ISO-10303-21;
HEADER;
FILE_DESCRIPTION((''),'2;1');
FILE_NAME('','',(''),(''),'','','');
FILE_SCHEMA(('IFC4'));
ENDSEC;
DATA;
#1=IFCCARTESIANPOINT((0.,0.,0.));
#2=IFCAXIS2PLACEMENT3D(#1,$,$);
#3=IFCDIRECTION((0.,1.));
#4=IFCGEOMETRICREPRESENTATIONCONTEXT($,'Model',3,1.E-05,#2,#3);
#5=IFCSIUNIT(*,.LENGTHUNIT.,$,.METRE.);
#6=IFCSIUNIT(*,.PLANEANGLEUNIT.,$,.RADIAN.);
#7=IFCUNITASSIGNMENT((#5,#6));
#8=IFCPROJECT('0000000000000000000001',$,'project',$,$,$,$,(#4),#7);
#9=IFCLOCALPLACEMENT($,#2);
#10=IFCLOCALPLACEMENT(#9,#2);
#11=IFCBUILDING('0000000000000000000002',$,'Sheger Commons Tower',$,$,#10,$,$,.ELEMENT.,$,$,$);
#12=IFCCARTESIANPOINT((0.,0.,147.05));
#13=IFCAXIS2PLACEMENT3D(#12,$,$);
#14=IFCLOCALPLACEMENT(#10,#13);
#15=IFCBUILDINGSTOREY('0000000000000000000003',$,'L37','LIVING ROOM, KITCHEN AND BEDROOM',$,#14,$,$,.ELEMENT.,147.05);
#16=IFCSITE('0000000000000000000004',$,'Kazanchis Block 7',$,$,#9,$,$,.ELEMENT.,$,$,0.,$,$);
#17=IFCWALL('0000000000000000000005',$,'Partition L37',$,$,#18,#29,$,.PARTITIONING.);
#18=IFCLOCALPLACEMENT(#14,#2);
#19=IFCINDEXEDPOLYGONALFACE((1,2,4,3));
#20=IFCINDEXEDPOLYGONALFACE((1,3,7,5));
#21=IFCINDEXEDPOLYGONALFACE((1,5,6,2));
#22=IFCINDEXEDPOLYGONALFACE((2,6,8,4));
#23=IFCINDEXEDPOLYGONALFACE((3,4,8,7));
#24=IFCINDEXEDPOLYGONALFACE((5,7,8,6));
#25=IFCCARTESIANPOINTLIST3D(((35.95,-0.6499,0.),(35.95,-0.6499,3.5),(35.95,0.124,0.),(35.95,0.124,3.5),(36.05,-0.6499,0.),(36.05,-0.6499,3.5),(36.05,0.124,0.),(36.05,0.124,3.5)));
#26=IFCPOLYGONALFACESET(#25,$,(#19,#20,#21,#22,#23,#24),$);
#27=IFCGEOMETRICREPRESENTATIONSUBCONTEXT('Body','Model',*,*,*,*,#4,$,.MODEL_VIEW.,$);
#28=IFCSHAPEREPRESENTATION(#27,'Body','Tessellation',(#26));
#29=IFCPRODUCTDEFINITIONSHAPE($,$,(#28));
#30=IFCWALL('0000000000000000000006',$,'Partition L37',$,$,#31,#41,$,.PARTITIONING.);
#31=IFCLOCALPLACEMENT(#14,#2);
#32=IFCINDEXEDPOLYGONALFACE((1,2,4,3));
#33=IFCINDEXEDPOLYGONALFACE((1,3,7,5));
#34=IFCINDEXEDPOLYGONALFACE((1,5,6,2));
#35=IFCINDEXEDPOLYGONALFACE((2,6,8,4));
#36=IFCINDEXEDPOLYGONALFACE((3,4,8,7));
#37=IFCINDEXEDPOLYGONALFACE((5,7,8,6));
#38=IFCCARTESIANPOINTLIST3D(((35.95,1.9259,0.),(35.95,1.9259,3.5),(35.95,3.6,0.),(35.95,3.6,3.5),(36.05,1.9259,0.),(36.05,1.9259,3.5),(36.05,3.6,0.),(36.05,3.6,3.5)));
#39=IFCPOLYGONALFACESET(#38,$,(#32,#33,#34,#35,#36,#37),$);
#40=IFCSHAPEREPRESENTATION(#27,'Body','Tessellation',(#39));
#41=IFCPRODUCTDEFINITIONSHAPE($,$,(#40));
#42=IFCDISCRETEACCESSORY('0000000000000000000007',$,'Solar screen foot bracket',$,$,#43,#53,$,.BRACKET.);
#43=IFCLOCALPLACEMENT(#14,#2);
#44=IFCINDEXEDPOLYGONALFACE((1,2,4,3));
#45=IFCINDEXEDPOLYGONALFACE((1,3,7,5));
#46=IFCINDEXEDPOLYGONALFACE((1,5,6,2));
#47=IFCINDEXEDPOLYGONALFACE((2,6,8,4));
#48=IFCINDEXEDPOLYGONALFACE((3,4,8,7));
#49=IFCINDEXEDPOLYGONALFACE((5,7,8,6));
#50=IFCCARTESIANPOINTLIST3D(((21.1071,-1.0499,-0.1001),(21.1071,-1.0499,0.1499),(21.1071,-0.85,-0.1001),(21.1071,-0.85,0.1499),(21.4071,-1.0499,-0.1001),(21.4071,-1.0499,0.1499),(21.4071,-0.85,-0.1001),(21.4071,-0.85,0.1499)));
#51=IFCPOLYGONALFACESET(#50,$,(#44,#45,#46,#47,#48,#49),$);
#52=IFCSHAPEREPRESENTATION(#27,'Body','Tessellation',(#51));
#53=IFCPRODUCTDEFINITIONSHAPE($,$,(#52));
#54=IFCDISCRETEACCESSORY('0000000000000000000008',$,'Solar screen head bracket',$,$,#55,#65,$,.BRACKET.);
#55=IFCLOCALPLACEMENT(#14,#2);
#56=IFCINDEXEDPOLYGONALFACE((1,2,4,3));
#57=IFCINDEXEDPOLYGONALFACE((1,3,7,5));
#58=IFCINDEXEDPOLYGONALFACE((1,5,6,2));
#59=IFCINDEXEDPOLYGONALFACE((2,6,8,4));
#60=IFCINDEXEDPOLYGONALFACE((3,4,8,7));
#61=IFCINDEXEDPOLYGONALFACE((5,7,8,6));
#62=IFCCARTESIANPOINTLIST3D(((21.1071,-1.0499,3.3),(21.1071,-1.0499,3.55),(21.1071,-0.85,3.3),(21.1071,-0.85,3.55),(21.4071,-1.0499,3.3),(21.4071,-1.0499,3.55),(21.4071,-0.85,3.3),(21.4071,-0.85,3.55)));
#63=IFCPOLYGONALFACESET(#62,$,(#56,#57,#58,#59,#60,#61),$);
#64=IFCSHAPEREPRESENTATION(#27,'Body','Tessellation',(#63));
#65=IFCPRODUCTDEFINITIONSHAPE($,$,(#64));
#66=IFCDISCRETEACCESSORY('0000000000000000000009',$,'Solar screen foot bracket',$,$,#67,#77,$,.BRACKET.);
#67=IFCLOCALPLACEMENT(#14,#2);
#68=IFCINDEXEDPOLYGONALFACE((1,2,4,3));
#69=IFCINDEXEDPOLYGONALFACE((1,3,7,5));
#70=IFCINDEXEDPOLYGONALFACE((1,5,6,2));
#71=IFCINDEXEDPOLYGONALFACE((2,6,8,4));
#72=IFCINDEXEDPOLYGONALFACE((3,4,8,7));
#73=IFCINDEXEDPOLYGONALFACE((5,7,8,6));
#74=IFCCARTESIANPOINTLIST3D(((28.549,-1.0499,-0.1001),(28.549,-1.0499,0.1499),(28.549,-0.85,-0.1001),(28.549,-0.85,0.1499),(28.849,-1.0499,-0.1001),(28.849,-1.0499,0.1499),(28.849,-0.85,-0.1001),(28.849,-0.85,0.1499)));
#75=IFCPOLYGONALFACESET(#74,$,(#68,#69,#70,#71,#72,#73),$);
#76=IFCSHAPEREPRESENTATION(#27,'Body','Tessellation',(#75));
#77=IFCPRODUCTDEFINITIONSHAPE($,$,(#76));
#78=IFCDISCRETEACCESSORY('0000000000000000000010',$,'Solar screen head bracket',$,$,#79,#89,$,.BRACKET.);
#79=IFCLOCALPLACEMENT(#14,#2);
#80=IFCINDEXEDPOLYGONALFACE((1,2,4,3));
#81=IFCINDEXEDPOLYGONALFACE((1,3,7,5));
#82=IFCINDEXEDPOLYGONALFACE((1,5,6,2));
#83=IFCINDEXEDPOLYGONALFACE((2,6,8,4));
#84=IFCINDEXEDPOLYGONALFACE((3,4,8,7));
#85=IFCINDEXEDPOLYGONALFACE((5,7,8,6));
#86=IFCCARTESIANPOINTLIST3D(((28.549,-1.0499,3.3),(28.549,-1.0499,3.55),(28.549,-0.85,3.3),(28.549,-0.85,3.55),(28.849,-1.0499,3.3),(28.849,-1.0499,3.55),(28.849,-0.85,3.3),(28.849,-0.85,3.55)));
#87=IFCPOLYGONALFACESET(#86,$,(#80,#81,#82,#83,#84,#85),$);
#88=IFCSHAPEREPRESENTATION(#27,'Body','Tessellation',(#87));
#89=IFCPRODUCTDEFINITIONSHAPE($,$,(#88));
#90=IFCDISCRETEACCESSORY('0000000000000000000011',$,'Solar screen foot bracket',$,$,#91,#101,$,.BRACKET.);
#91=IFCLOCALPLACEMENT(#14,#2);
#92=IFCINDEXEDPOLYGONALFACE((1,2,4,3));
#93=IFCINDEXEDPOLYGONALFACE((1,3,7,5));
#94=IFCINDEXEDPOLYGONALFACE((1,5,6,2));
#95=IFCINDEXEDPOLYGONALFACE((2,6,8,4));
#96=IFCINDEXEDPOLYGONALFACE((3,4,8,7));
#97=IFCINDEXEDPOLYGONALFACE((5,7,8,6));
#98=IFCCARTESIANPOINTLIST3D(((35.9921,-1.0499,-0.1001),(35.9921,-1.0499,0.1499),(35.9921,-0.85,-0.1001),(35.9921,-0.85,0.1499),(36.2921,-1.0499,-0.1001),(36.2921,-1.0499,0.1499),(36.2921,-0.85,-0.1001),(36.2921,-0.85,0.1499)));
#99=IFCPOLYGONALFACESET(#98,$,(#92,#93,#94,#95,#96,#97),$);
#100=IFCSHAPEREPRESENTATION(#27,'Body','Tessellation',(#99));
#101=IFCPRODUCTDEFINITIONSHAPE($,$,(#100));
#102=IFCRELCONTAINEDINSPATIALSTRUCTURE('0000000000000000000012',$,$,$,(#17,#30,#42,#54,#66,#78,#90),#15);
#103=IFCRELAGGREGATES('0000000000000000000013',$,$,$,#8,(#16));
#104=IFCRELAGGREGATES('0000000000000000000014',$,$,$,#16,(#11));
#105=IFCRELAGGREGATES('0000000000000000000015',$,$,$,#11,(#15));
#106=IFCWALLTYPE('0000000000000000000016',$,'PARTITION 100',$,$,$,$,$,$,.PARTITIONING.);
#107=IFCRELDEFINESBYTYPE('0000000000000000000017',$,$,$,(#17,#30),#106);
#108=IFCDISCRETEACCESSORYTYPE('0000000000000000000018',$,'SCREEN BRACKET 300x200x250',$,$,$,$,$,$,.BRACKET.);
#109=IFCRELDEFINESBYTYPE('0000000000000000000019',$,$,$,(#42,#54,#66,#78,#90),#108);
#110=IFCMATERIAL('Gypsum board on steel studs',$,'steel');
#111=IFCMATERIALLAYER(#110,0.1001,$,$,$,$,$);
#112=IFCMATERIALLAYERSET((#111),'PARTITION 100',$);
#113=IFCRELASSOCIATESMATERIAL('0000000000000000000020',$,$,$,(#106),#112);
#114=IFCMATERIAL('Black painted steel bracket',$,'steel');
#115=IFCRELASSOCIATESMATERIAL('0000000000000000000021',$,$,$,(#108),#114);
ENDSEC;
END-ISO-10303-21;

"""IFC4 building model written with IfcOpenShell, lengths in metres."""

from ifc_helpers import new_model, si_unit, direction, frame, frame_2d, origin, origin_2d, place, context, subcontext, project, spatial, rectangle, extrude, material, layer, layer_set, type_object, element, save


model = new_model("IFC4")

# Units and contexts
model_context = context("Model", 3, precision=1e-05, world=origin(), true_north=direction((0.0, 1.0)))
body_context = subcontext(model_context, "Body", "Model", "MODEL_VIEW")
ifc_project = project(units=[si_unit("LENGTHUNIT", "METRE"), si_unit("PLANEANGLEUNIT", "RADIAN")], contexts=[model_context])

# Site, building, storey
site_placement = place(None, origin())
site = spatial("IfcSite", under=ifc_project, at=site_placement, Name="Kazanchis Block 7", CompositionType="ELEMENT", RefElevation=0.0)
building_placement = place(site_placement, origin())
building = spatial("IfcBuilding", under=site, at=building_placement, Name="Sheger Commons Tower", CompositionType="ELEMENT")
storey_placement = place(building_placement, frame((0.0, 0.0, 147.05)))
storey = spatial("IfcBuildingStorey", under=building, at=storey_placement, Name="L37", Description="LIVING ROOM, KITCHEN AND BEDROOM", CompositionType="ELEMENT", Elevation=147.05)

# Shared definitions
ifc_material_1 = material(Name="Gypsum board on steel studs", Category="steel")
ifc_layer_1 = layer(ifc_material_1, 0.1001)
ifc_layer_set_1 = layer_set([ifc_layer_1], Name="PARTITION 100")
wall_type_1 = type_object("IfcWallType", Name="PARTITION 100", PredefinedType="PARTITIONING", material=ifc_layer_set_1)

# Walls
wall_1_placement = place(storey_placement, frame((36.0, -0.6499, 0.0), z_axis=(0.0, 0.0, 1.0), x_axis=(0.0, 1.0, 0.0)))
element("IfcWall", 1, at=wall_1_placement, inside=storey, type_object=wall_type_1, Name="Partition L37", PredefinedType="PARTITIONING", context=body_context, shape_type="SweptSolid", body=[
    extrude(rectangle(XDim=0.7739, YDim=0.1001, at=frame_2d((0.387, 0.0))), origin(), (0.0, 0.0, 1.0), 3.5),
])
wall_2_placement = place(storey_placement, frame((36.0, 1.926, 0.0), z_axis=(0.0, 0.0, 1.0), x_axis=(0.0, 1.0, 0.0)))
element("IfcWall", 2, at=wall_2_placement, inside=storey, type_object=wall_type_1, Name="Partition L37", PredefinedType="PARTITIONING", context=body_context, shape_type="SweptSolid", body=[
    extrude(rectangle(XDim=1.6741, YDim=0.1001, at=frame_2d((0.8369, 0.0))), origin(), (0.0, 0.0, 1.0), 3.5),
])

# Discrete accessories
ifc_material_2 = material(Name="Black painted steel bracket", Category="steel")
discrete_accessory_type = type_object("IfcDiscreteAccessoryType", Name="SCREEN BRACKET 300x200x250", PredefinedType="BRACKET", material=ifc_material_2)
for number, where, z_axis, x_axis, name in (
    (3, (21.2571, -0.95, -0.1001), (0.0, 0.0, 1.0), (1.0, 0.0, 0.0), "Solar screen foot bracket"),
    (4, (21.2571, -0.95, 3.3), (0.0, 0.0, 1.0), (1.0, 0.0, 0.0), "Solar screen head bracket"),
    (5, (28.699, -0.95, -0.1001), (0.0, 0.0, 1.0), (1.0, 0.0, 0.0), "Solar screen foot bracket"),
    (6, (28.699, -0.95, 3.3), (0.0, 0.0, 1.0), (1.0, 0.0, 0.0), "Solar screen head bracket"),
    (7, (36.1421, -0.95, -0.1001), (0.0, 0.0, 1.0), (1.0, 0.0, 0.0), "Solar screen foot bracket"),
):
    element("IfcDiscreteAccessory", number, at=place(storey_placement, frame(where, z_axis=z_axis, x_axis=x_axis)), inside=storey, type_object=discrete_accessory_type, Name=name, PredefinedType="BRACKET", context=body_context, shape_type="SweptSolid", body=[
        extrude(rectangle(XDim=0.3, YDim=0.2, at=origin_2d()), origin(), (0.0, 0.0, 1.0), 0.25),
    ])

save(model, "model.ifc")
